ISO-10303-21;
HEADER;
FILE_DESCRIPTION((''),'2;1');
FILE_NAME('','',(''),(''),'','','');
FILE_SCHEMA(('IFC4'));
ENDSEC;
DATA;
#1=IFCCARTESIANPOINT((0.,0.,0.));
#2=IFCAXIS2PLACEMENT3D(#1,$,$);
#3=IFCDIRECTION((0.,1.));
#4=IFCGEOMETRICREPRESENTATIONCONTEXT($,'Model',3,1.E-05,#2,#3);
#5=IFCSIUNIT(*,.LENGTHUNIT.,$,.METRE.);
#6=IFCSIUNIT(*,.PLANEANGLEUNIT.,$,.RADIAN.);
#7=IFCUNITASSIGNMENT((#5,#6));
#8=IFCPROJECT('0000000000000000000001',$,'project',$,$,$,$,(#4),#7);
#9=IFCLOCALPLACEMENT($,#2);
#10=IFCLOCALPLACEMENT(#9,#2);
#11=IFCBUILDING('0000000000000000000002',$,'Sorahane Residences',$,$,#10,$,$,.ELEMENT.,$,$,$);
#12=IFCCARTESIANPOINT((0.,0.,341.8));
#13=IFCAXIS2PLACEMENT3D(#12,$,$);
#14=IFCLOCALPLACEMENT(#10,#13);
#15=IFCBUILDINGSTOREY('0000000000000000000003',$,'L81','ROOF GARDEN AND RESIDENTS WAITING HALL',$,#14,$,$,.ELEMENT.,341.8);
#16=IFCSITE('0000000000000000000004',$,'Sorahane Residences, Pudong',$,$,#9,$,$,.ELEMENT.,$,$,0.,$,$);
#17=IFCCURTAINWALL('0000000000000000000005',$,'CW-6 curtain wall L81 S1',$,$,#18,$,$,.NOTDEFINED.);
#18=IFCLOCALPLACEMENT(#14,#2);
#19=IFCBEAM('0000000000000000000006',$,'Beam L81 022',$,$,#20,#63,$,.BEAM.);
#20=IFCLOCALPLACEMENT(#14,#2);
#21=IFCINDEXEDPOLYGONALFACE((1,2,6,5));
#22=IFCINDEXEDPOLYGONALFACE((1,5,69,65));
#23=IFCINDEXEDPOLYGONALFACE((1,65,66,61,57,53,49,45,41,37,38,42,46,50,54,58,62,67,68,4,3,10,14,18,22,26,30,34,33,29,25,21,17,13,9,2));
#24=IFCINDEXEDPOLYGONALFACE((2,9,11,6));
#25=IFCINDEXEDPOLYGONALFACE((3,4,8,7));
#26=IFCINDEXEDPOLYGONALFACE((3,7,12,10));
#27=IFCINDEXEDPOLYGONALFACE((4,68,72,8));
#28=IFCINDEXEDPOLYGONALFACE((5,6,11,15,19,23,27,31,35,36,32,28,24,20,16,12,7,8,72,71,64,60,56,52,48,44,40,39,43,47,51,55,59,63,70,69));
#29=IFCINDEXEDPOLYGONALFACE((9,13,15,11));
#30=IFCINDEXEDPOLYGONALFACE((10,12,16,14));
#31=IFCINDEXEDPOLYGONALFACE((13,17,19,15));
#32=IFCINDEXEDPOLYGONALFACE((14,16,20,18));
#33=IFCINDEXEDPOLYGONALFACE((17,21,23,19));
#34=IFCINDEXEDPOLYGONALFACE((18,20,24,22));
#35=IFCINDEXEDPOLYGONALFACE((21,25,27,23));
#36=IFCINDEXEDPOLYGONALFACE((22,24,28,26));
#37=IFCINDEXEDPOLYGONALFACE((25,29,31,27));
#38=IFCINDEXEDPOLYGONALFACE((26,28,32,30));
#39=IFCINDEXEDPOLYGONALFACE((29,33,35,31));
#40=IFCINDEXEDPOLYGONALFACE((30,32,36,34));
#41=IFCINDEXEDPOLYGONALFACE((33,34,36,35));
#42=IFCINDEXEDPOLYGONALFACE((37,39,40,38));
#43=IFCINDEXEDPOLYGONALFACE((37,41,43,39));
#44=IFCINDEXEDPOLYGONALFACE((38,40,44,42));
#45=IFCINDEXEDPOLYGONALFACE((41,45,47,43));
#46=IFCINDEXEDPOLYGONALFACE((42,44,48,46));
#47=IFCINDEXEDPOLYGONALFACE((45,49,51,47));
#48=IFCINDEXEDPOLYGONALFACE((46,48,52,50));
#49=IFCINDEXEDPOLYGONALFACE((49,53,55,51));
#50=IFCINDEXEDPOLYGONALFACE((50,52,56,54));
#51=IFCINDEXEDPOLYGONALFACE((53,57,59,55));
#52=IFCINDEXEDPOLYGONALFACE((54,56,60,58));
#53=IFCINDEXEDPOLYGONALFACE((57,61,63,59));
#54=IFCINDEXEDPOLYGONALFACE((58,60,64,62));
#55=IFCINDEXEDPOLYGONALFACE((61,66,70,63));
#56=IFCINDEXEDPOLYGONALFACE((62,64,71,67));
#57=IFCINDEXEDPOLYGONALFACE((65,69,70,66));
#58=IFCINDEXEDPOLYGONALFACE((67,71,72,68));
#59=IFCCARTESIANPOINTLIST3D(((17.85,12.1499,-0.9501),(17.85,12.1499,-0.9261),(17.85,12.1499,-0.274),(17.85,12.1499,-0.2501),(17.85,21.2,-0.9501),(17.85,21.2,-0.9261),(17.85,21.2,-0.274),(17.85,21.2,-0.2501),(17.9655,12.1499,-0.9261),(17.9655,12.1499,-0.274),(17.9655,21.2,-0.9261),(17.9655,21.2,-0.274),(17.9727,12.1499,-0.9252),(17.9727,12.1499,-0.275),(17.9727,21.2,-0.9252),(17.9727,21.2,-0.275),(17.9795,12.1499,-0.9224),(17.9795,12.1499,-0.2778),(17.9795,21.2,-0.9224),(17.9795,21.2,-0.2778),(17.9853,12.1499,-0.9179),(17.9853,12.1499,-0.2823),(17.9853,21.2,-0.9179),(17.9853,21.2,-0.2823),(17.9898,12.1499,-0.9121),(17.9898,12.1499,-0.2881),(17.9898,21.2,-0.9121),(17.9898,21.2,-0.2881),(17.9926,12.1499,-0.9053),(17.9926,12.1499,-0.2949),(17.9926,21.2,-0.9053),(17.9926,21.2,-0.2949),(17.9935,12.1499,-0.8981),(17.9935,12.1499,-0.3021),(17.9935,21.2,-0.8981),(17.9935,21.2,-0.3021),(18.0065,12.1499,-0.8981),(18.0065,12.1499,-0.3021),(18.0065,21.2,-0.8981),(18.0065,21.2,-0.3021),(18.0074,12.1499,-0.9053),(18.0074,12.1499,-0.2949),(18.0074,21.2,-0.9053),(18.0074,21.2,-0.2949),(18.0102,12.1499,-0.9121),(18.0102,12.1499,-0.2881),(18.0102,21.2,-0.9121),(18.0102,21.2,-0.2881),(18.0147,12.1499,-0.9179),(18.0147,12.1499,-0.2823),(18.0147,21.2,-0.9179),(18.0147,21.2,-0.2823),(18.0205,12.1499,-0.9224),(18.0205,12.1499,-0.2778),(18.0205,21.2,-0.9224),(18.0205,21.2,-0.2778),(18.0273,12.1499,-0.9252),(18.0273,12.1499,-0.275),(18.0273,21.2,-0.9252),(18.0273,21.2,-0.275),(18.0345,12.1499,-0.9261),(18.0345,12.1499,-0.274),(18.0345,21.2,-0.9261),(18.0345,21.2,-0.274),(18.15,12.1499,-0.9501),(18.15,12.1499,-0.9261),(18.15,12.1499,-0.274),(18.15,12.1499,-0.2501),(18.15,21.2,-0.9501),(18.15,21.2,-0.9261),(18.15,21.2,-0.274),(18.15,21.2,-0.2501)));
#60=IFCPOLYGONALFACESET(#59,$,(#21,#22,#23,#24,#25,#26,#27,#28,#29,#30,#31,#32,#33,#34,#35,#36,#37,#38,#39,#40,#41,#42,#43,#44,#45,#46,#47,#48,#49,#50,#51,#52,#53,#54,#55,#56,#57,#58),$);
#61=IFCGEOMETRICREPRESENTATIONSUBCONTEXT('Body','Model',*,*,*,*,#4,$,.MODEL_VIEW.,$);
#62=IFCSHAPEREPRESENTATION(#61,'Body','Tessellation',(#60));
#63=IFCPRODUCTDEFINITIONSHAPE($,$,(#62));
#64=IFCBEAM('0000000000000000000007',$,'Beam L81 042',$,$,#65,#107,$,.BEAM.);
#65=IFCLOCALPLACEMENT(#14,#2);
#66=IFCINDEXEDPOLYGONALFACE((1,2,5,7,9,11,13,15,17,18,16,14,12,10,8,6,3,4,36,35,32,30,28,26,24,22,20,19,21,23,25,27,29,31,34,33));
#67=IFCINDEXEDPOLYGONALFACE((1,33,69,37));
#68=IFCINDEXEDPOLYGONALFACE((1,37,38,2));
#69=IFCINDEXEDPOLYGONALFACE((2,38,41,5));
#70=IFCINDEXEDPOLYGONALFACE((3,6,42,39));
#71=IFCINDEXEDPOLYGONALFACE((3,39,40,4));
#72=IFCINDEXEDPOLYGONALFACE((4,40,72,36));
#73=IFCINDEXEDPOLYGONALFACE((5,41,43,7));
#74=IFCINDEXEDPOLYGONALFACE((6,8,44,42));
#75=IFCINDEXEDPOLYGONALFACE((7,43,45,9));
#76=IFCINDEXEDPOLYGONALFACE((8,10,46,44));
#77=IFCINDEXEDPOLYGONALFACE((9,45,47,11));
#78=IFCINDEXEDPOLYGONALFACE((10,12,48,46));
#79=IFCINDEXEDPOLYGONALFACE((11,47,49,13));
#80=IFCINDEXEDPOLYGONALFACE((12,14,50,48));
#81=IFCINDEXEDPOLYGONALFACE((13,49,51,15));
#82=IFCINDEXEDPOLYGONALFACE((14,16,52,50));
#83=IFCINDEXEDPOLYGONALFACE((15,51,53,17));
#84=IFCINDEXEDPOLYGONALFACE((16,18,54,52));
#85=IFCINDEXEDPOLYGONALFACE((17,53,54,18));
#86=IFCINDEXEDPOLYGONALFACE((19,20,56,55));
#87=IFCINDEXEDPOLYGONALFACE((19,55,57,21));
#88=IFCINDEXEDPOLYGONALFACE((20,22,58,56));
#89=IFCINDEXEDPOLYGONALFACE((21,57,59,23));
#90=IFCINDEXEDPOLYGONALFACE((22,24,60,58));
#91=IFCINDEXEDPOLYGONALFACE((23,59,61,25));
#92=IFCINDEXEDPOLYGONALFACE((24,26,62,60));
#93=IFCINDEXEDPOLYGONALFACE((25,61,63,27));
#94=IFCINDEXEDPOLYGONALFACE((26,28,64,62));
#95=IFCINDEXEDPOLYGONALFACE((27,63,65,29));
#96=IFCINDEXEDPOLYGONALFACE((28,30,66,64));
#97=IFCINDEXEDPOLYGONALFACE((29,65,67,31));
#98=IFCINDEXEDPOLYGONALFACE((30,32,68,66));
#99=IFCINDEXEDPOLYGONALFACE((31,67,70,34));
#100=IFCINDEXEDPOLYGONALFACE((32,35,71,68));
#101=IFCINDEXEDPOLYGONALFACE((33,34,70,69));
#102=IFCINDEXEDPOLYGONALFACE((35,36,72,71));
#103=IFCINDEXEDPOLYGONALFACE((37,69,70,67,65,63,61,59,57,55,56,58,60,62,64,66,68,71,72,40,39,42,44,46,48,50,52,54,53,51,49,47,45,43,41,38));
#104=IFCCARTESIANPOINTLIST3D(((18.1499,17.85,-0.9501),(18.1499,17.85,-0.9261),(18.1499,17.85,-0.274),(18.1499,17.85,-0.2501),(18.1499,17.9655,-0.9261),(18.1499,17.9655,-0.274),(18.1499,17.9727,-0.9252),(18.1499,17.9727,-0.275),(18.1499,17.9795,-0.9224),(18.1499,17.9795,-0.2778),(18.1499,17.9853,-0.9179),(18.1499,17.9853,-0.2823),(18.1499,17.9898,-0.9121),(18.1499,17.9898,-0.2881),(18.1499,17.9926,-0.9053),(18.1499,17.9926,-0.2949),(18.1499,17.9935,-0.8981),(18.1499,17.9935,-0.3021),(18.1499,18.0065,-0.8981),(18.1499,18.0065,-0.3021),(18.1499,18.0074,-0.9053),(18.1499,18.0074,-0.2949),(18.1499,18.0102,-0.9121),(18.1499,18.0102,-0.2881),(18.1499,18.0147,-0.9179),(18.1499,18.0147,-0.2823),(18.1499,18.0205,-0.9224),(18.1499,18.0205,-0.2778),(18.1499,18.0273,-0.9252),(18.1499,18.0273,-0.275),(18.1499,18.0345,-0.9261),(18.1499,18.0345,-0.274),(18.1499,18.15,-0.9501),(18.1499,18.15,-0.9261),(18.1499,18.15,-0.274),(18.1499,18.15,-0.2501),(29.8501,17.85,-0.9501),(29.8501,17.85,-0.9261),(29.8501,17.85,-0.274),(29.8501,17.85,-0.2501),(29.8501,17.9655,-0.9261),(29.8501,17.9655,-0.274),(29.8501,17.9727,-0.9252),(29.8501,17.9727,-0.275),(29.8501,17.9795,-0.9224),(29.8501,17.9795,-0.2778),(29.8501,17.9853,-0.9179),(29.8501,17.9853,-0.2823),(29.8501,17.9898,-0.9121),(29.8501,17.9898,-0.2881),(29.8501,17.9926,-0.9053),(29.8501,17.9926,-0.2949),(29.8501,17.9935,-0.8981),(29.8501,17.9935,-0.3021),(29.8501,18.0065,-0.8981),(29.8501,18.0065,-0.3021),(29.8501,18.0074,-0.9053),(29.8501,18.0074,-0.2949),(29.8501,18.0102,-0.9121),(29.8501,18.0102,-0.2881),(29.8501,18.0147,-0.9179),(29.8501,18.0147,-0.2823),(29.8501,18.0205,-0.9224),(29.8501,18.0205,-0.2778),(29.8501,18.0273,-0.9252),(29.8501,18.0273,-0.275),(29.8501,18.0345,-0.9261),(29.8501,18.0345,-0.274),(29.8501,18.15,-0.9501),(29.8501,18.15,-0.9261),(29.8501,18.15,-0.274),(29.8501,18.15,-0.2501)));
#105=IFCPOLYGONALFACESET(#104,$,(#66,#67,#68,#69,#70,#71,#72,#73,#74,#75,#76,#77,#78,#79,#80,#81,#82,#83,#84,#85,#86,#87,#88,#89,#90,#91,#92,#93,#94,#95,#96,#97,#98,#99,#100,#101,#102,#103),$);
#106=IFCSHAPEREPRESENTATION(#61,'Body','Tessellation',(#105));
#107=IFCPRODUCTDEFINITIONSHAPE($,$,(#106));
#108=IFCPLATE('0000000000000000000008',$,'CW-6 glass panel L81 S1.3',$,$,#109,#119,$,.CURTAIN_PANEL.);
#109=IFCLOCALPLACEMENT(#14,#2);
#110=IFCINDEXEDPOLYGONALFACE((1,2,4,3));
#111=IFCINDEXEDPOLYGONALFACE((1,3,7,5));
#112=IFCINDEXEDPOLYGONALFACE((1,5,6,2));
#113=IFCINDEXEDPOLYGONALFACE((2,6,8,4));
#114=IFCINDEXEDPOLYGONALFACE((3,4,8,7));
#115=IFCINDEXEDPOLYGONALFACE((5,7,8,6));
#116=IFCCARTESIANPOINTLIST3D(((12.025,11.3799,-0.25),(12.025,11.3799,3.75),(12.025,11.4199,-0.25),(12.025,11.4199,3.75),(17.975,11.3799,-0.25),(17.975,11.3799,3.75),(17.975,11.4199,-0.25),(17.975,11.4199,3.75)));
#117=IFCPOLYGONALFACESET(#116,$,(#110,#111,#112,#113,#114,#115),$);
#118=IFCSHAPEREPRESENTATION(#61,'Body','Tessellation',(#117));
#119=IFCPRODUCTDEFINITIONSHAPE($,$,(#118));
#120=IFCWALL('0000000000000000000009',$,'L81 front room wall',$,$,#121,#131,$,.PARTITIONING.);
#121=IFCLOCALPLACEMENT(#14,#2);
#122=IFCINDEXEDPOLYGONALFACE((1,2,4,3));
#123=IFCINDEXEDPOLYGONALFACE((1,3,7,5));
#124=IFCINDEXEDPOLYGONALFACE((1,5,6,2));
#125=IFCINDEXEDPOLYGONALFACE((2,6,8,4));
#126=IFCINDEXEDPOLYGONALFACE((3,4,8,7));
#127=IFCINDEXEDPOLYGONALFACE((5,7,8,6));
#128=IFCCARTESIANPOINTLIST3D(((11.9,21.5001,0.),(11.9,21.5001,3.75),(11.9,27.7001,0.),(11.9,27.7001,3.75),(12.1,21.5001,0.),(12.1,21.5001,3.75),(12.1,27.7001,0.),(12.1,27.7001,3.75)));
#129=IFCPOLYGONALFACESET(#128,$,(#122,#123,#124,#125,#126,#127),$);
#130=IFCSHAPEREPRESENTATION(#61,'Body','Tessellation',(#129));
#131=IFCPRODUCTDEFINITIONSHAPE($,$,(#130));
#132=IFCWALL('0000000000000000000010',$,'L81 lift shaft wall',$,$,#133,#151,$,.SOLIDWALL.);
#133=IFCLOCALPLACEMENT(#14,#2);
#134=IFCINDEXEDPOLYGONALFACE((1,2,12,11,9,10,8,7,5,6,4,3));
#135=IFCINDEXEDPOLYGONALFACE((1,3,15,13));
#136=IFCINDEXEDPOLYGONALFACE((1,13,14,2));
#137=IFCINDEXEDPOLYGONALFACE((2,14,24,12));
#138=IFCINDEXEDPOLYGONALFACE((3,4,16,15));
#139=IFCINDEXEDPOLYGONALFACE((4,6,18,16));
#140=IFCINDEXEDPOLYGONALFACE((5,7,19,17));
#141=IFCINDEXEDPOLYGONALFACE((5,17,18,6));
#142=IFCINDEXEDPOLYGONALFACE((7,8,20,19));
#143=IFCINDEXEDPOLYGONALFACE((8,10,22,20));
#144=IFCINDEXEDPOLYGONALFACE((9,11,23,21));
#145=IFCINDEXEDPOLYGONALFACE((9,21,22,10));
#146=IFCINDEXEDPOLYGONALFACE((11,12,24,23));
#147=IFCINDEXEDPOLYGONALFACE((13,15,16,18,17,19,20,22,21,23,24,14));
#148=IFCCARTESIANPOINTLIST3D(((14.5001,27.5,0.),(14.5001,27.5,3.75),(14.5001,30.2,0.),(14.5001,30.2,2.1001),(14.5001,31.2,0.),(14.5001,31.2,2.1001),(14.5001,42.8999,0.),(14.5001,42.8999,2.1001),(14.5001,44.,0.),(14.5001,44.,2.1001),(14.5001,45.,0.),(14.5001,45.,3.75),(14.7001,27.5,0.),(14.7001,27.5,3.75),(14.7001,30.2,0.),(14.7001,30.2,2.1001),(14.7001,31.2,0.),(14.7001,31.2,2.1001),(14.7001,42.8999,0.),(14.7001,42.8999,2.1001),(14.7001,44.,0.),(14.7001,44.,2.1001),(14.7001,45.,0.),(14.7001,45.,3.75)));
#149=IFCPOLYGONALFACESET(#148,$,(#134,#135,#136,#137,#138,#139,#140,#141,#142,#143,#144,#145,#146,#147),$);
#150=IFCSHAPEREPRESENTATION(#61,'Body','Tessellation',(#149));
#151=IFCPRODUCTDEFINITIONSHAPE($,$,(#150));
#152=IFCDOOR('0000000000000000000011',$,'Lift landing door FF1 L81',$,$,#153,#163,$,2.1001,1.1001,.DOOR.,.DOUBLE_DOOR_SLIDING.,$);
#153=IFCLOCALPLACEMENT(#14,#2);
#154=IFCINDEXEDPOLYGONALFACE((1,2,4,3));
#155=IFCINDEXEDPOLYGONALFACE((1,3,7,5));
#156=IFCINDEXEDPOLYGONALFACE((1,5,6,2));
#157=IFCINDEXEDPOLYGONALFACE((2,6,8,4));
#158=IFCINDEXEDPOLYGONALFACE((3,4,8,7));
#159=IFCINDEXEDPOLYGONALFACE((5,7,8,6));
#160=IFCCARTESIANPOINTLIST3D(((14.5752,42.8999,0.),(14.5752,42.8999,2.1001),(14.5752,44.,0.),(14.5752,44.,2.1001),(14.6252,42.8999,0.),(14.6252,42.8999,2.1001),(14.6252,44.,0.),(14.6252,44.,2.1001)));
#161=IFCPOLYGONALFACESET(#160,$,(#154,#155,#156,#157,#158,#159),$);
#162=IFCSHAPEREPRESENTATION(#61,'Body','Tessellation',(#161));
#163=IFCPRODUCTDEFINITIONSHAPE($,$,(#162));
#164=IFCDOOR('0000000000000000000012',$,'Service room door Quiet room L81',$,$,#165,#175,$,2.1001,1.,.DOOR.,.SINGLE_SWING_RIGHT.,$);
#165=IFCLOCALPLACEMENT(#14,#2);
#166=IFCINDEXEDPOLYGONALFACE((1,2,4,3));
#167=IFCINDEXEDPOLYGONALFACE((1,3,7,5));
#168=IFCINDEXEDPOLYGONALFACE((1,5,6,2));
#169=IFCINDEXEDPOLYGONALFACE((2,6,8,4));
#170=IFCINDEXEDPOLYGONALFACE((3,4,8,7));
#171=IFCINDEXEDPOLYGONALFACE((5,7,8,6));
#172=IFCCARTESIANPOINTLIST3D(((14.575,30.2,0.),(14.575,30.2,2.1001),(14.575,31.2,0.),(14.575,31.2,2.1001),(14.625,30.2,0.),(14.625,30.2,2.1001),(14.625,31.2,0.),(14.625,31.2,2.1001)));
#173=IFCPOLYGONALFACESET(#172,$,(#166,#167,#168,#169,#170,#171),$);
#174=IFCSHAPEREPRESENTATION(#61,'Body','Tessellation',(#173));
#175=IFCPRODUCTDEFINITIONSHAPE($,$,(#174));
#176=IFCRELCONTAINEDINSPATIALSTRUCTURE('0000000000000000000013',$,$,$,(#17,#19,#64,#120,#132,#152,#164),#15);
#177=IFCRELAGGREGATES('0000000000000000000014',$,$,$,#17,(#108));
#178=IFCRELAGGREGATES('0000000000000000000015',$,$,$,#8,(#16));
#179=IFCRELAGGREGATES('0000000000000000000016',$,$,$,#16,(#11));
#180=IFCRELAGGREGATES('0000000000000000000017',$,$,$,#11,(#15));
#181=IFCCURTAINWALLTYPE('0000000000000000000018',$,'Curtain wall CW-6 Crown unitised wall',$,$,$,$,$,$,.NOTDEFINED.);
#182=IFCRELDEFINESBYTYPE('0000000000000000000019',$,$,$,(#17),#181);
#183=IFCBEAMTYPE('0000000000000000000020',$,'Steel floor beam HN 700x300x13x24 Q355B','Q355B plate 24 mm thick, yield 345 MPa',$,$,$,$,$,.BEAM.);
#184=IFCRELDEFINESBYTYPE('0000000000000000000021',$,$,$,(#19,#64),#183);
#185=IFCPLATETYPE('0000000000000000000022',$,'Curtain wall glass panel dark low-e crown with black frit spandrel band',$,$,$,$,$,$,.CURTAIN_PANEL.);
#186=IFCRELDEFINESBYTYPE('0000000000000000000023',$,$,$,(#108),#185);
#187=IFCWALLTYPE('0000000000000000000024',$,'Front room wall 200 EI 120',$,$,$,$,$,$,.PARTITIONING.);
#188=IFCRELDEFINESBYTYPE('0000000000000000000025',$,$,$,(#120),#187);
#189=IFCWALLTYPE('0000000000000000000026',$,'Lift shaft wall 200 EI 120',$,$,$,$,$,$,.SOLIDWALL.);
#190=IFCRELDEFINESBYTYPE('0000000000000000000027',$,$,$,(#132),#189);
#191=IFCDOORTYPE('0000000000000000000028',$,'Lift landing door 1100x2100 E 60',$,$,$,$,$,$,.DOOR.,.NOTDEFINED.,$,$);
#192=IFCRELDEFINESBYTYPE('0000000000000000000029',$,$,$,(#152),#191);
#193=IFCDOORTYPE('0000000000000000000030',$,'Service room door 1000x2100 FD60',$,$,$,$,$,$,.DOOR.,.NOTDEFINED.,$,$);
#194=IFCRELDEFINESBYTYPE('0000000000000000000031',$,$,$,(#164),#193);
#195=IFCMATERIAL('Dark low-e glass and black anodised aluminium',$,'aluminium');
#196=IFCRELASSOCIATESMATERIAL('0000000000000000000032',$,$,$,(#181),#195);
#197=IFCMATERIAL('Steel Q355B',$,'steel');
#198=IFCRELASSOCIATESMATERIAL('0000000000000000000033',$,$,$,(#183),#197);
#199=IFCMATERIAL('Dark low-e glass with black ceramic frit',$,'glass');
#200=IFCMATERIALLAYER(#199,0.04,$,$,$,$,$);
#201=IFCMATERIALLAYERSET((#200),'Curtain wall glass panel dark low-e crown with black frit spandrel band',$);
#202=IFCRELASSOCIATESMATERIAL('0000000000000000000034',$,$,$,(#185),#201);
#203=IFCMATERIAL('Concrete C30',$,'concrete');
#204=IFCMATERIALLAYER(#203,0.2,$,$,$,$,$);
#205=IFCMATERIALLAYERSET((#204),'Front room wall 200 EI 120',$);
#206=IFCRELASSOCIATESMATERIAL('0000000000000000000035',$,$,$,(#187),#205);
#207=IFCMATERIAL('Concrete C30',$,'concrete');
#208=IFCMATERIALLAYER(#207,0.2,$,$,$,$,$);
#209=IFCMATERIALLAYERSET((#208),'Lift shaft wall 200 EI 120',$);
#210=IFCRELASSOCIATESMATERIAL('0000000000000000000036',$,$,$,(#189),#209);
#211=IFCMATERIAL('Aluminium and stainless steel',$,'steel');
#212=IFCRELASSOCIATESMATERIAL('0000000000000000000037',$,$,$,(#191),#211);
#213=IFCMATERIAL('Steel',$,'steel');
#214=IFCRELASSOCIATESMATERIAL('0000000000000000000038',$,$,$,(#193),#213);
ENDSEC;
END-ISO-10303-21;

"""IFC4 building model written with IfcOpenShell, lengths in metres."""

from ifc_helpers import new_model, si_unit, direction, frame, frame_2d, origin, origin_2d, place, context, subcontext, project, spatial, rectangle, i_section, extrude, material, layer, layer_set, material_profile, profile_set, type_object, element, fill, aggregate, save


model = new_model("IFC4")

# Units and contexts
model_context = context("Model", 3, precision=1e-05, world=origin(), true_north=direction((0.0, 1.0)))
body_context = subcontext(model_context, "Body", "Model", "MODEL_VIEW")
ifc_project = project(units=[si_unit("LENGTHUNIT", "METRE"), si_unit("PLANEANGLEUNIT", "RADIAN")], contexts=[model_context])

# Site, building, storey
site_placement = place(None, origin())
site = spatial("IfcSite", under=ifc_project, at=site_placement, Name="Sorahane Residences, Pudong", CompositionType="ELEMENT", RefElevation=0.0)
building_placement = place(site_placement, origin())
building = spatial("IfcBuilding", under=site, at=building_placement, Name="Sorahane Residences", CompositionType="ELEMENT")
storey_placement = place(building_placement, frame((0.0, 0.0, 341.8)))
storey = spatial("IfcBuildingStorey", under=building, at=storey_placement, Name="L81", Description="ROOF GARDEN AND RESIDENTS WAITING HALL", CompositionType="ELEMENT", Elevation=341.8)

# Curtain wall
ifc_material_1 = material(Name="Dark low-e glass and black anodised aluminium", Category="aluminium")
curtain_wall_type = type_object("IfcCurtainWallType", Name="Curtain wall CW-6 Crown unitised wall", PredefinedType="NOTDEFINED", material=ifc_material_1)
curtain_wall_placement = place(storey_placement, origin())
curtain_wall = element("IfcCurtainWall", 1, at=curtain_wall_placement, inside=storey, type_object=curtain_wall_type, Name="CW-6 curtain wall L81 S1", PredefinedType="NOTDEFINED")

# Beams
ifc_material_2 = material(Name="Steel Q355B", Category="steel")
ifc_material_profile_1 = material_profile(ifc_material_2, i_section(OverallWidth=0.3, OverallDepth=0.7, WebThickness=0.0129, FlangeThickness=0.0239, FilletRadius=0.0281, at=origin_2d()), Name="HN 700x300x13x24")
ifc_profile_set_1 = profile_set([ifc_material_profile_1], Name="Steel Q355B")
beam_type_1 = type_object("IfcBeamType", Name="Steel floor beam HN 700x300x13x24 Q355B", Description="Q355B plate 24 mm thick, yield 345 MPa", PredefinedType="BEAM", material=ifc_profile_set_1)
beam_1_placement = place(storey_placement, frame((18.0, 12.1499, -0.6001), z_axis=(0.0, 1.0, 0.0), x_axis=(-1.0, 0.0, 0.0)))
element("IfcBeam", 2, at=beam_1_placement, inside=storey, type_object=beam_type_1, Name="Beam L81 022", PredefinedType="BEAM", context=body_context, shape_type="SweptSolid", body=[
    extrude(i_section(OverallWidth=0.3, OverallDepth=0.7, WebThickness=0.0129, FlangeThickness=0.0239, FilletRadius=0.0281, at=origin_2d()), origin(), (0.0, 0.0, 1.0), 9.05),
])
beam_2_placement = place(storey_placement, frame((18.1499, 18.0, -0.6001), z_axis=(1.0, 0.0, 0.0), x_axis=(0.0, 1.0, 0.0)))
element("IfcBeam", 3, at=beam_2_placement, inside=storey, type_object=beam_type_1, Name="Beam L81 042", PredefinedType="BEAM", context=body_context, shape_type="SweptSolid", body=[
    extrude(i_section(OverallWidth=0.3, OverallDepth=0.7, WebThickness=0.0129, FlangeThickness=0.0239, FilletRadius=0.0281, at=origin_2d()), origin(), (0.0, 0.0, 1.0), 11.7002),
])

# Plate
ifc_material_3 = material(Name="Dark low-e glass with black ceramic frit", Category="glass")
ifc_layer_1 = layer(ifc_material_3, 0.04)
ifc_layer_set_1 = layer_set([ifc_layer_1], Name="Curtain wall glass panel dark low-e crown with black frit spandrel band")
plate_type = type_object("IfcPlateType", Name="Curtain wall glass panel dark low-e crown with black frit spandrel band", PredefinedType="CURTAIN_PANEL", material=ifc_layer_set_1)
plate_placement = place(storey_placement, frame((15.0, 11.3999, -0.25), z_axis=(0.0, 0.0, 1.0), x_axis=(1.0, 0.0, 0.0)))
plate = element("IfcPlate", 4, at=plate_placement, type_object=plate_type, Name="CW-6 glass panel L81 S1.3", PredefinedType="CURTAIN_PANEL", context=body_context, shape_type="SweptSolid", body=[
    extrude(rectangle(XDim=5.95, YDim=0.04, at=origin_2d()), origin(), (0.0, 0.0, 1.0), 4.0),
])
aggregate(curtain_wall, [plate])

# Wall
ifc_material_4 = material(Name="Concrete C30", Category="concrete")
ifc_layer_2 = layer(ifc_material_4, 0.2)
ifc_layer_set_2 = layer_set([ifc_layer_2], Name="Front room wall 200 EI 120")
wall_type_1 = type_object("IfcWallType", Name="Front room wall 200 EI 120", PredefinedType="PARTITIONING", material=ifc_layer_set_2)
wall_1_placement = place(storey_placement, frame((12.0, 21.5, 0.0), z_axis=(0.0, 0.0, 1.0), x_axis=(0.0, 1.0, 0.0)))
element("IfcWall", 5, at=wall_1_placement, inside=storey, type_object=wall_type_1, Name="L81 front room wall", PredefinedType="PARTITIONING", context=body_context, shape_type="SweptSolid", body=[
    extrude(rectangle(XDim=6.2, YDim=0.2, at=frame_2d((3.1001, 0.0))), origin(), (0.0, 0.0, 1.0), 3.75),
])

# Wall, openings, doors
ifc_material_5 = material(Name="Concrete C30", Category="concrete")
ifc_layer_3 = layer(ifc_material_5, 0.2)
ifc_layer_set_3 = layer_set([ifc_layer_3], Name="Lift shaft wall 200 EI 120")
wall_type_2 = type_object("IfcWallType", Name="Lift shaft wall 200 EI 120", PredefinedType="SOLIDWALL", material=ifc_layer_set_3)
wall_2_placement = place(storey_placement, frame((14.6001, 27.5, 0.0), z_axis=(0.0, 0.0, 1.0), x_axis=(0.0, 1.0, 0.0)))
wall_2 = element("IfcWall", 6, at=wall_2_placement, inside=storey, type_object=wall_type_2, Name="L81 lift shaft wall", PredefinedType="SOLIDWALL", context=body_context, shape_type="SweptSolid", body=[
    extrude(rectangle(XDim=17.5, YDim=0.2, at=frame_2d((8.75, 0.0))), origin(), (0.0, 0.0, 1.0), 3.75),
])
opening_1_placement = place(wall_2_placement, frame((15.3999, 0.0, 0.0)))
opening_1 = element("IfcOpeningElement", 7, at=opening_1_placement, cuts=wall_2, PredefinedType="OPENING", context=body_context, shape_type="SweptSolid", body=[
    extrude(rectangle(XDim=1.1001, YDim=2.1001, at=frame_2d((0.55, 1.05))), frame((0.0, 0.1099, 0.0), z_axis=(0.0, -1.0, 0.0), x_axis=(1.0, 0.0, 0.0)), (0.0, 0.0, 1.0), 0.22),
])
opening_2_placement = place(wall_2_placement, frame((2.7, 0.0, 0.0)))
opening_2 = element("IfcOpeningElement", 8, at=opening_2_placement, cuts=wall_2, PredefinedType="OPENING", context=body_context, shape_type="SweptSolid", body=[
    extrude(rectangle(XDim=1.0, YDim=2.1001, at=frame_2d((0.5, 1.05))), frame((0.0, 0.1099, 0.0), z_axis=(0.0, -1.0, 0.0), x_axis=(1.0, 0.0, 0.0)), (0.0, 0.0, 1.0), 0.22),
])
ifc_material_6 = material(Name="Aluminium and stainless steel", Category="steel")
door_type_1 = type_object("IfcDoorType", Name="Lift landing door 1100x2100 E 60", OperationType="NOTDEFINED", PredefinedType="DOOR", material=ifc_material_6)
door_1_placement = place(opening_1_placement, origin())
door_1 = element("IfcDoor", 9, at=door_1_placement, inside=storey, type_object=door_type_1, Name="Lift landing door FF1 L81", OperationType="DOUBLE_DOOR_SLIDING", OverallHeight=2.1001, OverallWidth=1.1001, PredefinedType="DOOR", context=body_context, shape_type="SweptSolid", body=[
    extrude(rectangle(XDim=1.1001, YDim=2.1001, at=frame_2d((0.55, 1.05))), frame((0.0, 0.0249, 0.0), z_axis=(0.0, -1.0, 0.0), x_axis=(1.0, 0.0, 0.0)), (0.0, 0.0, 1.0), 0.05),
])
fill(opening_1, door_1)
ifc_material_7 = material(Name="Steel", Category="steel")
door_type_2 = type_object("IfcDoorType", Name="Service room door 1000x2100 FD60", OperationType="NOTDEFINED", PredefinedType="DOOR", material=ifc_material_7)
door_2_placement = place(opening_2_placement, frame((1.0, 0.0, 0.0), z_axis=(0.0, 0.0, 1.0), x_axis=(-1.0, 0.0, 0.0)))
door_2 = element("IfcDoor", 10, at=door_2_placement, inside=storey, type_object=door_type_2, Name="Service room door Quiet room L81", OperationType="SINGLE_SWING_RIGHT", OverallHeight=2.1001, OverallWidth=1.0, PredefinedType="DOOR", context=body_context, shape_type="SweptSolid", body=[
    extrude(rectangle(XDim=1.0, YDim=2.1001, at=frame_2d((0.5, 1.05))), frame((0.0, 0.0249, 0.0), z_axis=(0.0, -1.0, 0.0), x_axis=(1.0, 0.0, 0.0)), (0.0, 0.0, 1.0), 0.05),
])
fill(opening_2, door_2)

save(model, "model.ifc")
